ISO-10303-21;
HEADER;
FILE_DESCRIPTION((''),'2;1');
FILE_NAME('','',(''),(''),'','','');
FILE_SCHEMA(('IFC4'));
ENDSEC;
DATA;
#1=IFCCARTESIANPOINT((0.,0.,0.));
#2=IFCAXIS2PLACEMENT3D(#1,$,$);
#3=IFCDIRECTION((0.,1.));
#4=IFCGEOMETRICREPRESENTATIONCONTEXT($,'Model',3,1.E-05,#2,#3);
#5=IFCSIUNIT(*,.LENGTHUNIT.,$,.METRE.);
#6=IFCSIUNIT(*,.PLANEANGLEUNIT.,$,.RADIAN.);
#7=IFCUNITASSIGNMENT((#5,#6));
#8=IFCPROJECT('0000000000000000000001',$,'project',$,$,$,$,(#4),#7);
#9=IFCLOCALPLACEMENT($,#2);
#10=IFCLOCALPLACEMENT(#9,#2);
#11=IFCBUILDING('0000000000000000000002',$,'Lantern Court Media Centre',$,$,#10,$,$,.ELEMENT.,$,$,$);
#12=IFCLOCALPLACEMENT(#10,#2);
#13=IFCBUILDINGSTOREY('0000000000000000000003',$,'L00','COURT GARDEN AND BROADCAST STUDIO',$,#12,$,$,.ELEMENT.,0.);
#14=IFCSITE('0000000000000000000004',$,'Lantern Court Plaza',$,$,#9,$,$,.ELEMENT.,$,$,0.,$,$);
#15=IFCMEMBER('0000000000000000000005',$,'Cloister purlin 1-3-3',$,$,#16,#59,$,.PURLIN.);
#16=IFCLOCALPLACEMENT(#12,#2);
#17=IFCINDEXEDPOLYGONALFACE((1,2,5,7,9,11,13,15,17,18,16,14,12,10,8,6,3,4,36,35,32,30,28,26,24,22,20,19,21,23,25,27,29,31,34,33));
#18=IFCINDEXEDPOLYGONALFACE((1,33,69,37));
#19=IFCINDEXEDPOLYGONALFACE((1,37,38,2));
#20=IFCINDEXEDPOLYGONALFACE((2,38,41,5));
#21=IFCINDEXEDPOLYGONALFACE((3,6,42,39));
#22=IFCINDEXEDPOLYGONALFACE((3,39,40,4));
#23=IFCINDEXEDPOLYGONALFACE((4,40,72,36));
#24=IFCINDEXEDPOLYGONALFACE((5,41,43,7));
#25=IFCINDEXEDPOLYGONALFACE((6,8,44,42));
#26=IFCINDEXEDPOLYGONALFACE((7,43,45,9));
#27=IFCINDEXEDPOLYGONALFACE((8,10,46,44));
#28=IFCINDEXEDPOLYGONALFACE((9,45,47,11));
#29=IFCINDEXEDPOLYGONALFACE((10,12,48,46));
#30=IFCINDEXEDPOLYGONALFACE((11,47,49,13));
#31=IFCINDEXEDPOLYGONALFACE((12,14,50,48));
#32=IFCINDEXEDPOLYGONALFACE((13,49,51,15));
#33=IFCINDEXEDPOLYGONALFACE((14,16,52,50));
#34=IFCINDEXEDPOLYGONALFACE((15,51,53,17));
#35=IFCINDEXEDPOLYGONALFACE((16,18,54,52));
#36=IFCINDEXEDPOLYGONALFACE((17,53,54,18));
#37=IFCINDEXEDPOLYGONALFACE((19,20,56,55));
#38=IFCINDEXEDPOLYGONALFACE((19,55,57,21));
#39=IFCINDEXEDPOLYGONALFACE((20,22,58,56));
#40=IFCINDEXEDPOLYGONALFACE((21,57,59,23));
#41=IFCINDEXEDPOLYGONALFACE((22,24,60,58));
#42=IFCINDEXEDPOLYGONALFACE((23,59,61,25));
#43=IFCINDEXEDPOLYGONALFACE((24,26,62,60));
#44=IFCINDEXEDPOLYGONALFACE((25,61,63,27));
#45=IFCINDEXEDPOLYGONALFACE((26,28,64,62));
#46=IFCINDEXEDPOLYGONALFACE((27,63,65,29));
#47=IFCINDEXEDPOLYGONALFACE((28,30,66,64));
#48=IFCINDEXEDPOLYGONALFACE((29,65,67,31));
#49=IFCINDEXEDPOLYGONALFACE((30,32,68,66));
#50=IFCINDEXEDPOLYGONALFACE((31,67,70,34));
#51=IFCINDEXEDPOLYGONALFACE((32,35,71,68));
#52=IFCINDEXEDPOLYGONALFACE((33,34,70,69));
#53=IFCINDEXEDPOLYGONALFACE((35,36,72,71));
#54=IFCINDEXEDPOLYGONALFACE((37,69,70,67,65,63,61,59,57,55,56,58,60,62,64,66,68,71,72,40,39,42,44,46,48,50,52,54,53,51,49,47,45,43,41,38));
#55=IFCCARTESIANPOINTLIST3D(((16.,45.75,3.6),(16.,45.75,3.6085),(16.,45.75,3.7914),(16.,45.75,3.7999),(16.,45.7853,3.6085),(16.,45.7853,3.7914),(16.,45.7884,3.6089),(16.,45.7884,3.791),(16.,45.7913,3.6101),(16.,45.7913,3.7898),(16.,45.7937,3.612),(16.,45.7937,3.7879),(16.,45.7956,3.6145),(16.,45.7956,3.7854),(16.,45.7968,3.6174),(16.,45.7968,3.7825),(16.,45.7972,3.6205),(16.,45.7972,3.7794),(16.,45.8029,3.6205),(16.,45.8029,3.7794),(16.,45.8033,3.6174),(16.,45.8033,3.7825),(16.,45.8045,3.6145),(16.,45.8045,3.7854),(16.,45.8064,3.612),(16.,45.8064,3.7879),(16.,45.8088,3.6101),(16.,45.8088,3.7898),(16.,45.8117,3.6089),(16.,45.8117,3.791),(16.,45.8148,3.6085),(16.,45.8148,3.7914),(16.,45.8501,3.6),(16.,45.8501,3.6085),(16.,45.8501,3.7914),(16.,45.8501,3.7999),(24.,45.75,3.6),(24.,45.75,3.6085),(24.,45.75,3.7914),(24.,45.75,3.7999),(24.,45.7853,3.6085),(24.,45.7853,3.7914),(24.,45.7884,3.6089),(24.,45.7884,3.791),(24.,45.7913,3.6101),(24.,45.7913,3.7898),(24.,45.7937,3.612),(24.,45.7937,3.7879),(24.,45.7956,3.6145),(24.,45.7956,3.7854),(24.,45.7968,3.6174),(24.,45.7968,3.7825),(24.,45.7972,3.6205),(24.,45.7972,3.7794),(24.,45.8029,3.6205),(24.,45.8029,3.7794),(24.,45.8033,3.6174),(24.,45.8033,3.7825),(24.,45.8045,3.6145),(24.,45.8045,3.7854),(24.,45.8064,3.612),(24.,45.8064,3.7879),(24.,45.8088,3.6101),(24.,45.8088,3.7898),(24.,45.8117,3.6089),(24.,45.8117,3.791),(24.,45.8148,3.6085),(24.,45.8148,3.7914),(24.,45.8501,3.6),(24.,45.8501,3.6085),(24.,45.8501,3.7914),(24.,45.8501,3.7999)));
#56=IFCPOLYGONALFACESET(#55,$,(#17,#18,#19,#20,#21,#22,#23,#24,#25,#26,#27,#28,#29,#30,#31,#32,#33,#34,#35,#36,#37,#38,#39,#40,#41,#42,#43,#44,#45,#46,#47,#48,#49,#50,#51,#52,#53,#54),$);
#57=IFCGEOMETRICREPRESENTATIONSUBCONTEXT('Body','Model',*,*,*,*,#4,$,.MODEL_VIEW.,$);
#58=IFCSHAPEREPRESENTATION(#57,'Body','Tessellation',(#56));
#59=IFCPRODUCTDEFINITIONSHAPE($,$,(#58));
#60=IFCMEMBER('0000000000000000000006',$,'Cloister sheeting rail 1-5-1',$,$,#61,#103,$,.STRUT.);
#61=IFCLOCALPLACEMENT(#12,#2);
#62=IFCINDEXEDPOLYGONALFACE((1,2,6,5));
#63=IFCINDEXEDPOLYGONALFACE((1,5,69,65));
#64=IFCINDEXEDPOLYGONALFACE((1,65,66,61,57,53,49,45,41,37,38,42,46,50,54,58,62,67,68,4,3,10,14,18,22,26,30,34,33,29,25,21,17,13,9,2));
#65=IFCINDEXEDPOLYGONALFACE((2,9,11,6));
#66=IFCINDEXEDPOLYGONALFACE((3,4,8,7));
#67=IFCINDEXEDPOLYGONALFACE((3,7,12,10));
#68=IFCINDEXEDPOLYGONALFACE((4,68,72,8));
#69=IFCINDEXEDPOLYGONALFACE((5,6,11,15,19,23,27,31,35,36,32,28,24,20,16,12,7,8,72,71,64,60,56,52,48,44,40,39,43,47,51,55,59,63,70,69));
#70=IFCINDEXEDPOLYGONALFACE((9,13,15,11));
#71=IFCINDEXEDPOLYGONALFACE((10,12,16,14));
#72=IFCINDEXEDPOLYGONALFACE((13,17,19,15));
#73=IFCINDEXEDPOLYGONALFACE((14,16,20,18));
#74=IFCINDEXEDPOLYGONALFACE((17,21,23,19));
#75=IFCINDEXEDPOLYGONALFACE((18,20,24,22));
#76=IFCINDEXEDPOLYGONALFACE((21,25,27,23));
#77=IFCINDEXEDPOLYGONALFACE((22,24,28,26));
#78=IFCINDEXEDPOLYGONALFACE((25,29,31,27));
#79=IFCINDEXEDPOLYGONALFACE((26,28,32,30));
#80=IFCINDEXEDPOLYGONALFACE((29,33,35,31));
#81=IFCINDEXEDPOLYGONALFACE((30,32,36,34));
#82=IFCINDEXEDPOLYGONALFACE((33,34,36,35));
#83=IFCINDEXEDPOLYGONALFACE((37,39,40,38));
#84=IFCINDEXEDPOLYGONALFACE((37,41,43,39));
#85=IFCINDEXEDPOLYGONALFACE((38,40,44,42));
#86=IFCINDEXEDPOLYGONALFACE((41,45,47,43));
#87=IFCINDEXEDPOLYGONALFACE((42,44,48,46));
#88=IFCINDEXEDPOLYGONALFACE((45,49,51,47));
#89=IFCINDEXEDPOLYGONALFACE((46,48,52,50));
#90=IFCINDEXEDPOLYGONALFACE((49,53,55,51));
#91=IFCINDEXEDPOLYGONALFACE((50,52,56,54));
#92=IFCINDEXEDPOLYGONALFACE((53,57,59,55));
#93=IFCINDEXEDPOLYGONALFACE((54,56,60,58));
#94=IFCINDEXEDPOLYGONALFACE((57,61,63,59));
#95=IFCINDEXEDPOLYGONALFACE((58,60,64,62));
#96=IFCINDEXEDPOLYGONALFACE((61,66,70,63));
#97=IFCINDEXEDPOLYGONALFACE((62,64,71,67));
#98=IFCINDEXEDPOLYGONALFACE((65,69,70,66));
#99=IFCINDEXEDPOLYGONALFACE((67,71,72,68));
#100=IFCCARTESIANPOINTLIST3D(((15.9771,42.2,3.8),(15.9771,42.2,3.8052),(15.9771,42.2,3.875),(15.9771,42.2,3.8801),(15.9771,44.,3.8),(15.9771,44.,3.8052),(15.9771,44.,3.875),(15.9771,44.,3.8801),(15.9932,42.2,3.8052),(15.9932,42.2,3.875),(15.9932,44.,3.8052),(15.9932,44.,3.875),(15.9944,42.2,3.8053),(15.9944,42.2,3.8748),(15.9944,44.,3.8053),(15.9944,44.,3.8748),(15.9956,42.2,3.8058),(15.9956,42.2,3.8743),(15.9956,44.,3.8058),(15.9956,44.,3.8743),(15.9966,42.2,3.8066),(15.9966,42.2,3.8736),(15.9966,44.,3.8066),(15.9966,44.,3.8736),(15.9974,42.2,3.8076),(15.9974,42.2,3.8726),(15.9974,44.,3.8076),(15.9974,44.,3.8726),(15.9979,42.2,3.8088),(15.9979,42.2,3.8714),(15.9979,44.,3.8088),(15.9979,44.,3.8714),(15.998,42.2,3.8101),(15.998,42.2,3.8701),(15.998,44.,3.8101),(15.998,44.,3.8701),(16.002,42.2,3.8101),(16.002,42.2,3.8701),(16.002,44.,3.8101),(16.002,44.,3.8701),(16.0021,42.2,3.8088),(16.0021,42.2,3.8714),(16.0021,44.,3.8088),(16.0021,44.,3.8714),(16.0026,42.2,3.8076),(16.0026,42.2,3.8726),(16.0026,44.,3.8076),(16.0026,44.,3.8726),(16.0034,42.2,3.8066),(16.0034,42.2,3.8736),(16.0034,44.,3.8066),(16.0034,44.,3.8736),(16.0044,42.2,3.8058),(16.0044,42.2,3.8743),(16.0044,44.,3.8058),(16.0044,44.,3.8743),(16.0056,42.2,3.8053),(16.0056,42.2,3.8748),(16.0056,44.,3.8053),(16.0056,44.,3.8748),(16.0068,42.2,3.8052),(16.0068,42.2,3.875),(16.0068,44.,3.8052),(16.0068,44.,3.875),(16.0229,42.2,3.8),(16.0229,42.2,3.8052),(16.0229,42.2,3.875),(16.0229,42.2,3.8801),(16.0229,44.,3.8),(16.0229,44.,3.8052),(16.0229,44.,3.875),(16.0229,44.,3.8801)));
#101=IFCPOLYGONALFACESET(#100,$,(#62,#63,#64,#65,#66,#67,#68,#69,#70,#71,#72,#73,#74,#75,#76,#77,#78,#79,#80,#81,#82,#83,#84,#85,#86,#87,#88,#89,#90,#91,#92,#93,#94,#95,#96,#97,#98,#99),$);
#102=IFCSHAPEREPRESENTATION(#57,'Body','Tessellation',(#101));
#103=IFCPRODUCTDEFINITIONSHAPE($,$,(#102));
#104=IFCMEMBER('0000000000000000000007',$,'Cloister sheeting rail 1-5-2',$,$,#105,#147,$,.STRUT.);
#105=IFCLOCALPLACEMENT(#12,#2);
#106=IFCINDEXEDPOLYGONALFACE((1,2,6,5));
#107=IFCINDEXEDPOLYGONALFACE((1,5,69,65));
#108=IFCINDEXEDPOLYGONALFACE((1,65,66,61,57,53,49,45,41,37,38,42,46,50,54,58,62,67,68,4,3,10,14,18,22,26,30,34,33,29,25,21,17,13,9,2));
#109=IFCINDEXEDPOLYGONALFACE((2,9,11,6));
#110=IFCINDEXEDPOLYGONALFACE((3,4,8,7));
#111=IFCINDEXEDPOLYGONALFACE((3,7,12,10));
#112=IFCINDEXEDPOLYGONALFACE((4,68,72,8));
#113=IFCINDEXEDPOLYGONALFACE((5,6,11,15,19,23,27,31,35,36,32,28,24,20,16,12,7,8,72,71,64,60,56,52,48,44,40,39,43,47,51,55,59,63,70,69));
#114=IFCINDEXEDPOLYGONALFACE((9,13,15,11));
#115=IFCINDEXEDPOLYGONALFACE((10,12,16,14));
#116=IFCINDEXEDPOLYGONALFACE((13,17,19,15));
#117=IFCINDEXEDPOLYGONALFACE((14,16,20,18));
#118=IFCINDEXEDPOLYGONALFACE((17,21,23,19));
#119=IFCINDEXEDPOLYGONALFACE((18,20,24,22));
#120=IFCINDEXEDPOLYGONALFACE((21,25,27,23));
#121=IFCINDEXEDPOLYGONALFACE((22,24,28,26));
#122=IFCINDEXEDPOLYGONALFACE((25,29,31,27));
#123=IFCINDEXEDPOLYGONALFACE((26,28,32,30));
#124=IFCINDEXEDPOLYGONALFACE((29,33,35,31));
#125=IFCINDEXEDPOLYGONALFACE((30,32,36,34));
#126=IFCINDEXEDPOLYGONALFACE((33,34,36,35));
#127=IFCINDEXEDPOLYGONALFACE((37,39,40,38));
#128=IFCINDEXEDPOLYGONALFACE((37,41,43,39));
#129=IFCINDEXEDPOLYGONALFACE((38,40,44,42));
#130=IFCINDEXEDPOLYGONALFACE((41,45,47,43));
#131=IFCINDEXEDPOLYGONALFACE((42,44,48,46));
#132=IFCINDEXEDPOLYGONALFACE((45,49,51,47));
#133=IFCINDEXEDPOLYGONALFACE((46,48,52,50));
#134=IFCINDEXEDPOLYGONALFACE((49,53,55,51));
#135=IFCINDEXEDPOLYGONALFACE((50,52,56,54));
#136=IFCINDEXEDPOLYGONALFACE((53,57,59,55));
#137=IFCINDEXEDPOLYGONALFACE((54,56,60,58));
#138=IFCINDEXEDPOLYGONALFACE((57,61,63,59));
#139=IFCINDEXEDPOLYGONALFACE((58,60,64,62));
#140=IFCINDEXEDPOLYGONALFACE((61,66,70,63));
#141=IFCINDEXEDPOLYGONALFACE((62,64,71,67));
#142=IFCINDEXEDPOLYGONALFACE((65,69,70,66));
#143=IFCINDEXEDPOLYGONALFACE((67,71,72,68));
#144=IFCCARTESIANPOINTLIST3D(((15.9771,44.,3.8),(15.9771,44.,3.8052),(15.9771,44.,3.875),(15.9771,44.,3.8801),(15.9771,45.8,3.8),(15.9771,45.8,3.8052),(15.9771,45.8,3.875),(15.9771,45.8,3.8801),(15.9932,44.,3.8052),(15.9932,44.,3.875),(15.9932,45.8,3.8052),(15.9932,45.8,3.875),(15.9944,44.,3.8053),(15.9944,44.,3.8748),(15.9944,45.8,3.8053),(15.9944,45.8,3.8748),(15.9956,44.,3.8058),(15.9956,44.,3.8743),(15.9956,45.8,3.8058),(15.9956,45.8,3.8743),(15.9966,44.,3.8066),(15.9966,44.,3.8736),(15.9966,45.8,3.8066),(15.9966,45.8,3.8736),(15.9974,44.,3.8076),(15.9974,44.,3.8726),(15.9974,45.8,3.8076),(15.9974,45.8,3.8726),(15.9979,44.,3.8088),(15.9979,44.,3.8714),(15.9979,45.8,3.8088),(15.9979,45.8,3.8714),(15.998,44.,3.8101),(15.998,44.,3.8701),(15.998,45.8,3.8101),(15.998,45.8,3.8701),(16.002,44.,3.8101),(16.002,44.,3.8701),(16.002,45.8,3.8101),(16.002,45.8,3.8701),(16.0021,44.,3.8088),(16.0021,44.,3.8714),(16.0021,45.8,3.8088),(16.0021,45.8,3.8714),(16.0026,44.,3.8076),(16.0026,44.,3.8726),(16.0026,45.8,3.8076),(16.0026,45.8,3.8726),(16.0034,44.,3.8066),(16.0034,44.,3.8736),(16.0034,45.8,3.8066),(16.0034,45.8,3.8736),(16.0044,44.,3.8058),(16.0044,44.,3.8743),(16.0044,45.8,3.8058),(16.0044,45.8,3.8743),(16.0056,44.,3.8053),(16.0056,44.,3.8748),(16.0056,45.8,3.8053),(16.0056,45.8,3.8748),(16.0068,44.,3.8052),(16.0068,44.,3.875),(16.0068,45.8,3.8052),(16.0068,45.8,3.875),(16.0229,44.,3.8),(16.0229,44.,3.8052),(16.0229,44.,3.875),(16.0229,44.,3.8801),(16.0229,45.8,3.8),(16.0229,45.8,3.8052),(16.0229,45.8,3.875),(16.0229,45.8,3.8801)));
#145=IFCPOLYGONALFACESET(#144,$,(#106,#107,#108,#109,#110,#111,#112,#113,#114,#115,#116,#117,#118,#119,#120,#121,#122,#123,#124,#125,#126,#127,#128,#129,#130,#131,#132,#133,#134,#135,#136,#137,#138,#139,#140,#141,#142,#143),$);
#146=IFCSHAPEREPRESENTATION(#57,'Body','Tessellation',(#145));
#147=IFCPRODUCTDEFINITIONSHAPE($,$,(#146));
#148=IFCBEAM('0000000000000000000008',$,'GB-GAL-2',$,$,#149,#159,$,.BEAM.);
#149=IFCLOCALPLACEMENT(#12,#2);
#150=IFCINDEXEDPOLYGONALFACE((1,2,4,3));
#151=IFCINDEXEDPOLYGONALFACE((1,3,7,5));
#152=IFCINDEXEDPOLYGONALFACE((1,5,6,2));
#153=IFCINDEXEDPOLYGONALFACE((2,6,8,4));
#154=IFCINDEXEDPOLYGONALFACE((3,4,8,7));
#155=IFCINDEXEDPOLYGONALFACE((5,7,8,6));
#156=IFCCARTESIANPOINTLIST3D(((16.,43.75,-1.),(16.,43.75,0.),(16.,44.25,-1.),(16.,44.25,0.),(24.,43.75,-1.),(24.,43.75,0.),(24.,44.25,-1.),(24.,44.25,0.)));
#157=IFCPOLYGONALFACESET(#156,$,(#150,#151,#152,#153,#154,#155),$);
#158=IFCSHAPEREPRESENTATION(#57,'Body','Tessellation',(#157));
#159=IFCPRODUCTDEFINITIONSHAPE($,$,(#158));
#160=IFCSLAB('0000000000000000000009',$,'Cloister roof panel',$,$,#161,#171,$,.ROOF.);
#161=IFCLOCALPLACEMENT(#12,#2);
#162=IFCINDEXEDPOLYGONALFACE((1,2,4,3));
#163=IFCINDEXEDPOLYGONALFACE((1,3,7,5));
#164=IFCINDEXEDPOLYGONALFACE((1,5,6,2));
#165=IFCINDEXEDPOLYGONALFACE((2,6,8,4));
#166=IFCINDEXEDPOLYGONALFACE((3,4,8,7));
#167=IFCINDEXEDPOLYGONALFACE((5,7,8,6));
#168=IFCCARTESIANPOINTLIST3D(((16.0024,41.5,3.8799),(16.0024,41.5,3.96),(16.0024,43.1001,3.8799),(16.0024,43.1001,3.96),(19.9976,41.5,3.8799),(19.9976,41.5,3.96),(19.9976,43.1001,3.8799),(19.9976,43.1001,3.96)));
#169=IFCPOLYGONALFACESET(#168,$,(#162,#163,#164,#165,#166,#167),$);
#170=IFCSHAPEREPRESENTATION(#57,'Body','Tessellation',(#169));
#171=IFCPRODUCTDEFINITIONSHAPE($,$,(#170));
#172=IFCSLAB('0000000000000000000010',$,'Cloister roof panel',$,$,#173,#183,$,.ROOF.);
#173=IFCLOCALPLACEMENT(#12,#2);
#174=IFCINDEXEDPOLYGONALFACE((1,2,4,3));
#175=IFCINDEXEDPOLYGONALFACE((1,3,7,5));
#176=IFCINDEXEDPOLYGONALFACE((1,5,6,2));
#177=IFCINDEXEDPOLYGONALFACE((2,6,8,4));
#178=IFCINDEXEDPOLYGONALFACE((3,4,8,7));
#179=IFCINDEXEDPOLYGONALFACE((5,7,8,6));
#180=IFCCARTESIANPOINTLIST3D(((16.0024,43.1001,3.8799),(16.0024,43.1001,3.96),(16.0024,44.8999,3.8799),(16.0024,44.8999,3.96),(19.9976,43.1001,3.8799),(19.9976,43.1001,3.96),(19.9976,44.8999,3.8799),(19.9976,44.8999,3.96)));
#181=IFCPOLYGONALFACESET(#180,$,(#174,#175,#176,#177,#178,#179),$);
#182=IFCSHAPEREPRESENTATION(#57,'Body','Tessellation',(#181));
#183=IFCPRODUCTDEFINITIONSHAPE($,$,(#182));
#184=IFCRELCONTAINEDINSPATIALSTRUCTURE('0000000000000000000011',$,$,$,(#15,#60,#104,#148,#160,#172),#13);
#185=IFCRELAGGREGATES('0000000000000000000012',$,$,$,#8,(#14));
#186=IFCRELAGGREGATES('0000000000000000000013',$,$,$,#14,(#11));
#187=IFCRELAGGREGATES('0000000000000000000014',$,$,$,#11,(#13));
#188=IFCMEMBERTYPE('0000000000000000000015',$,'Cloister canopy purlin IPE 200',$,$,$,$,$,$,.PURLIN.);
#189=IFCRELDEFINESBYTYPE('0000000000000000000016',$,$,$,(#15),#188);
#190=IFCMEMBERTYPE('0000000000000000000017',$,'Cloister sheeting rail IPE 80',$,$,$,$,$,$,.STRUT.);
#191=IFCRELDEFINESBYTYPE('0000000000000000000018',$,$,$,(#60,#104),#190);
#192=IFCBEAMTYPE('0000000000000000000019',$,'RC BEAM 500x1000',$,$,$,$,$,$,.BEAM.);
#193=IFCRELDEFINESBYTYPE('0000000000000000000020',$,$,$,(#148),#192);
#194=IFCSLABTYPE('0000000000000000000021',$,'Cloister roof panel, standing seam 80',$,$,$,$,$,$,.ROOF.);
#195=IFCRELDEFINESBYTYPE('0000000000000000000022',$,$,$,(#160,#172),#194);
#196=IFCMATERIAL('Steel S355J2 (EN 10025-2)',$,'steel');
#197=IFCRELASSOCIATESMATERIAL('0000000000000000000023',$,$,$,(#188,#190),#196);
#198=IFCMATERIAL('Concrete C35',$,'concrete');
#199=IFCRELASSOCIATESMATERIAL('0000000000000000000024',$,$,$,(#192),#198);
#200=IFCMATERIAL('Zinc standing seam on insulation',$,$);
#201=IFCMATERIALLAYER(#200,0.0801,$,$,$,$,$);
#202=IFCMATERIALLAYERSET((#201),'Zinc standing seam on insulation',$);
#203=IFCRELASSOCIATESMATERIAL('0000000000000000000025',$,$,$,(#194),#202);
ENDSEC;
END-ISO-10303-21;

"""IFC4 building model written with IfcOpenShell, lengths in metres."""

from ifc_helpers import new_model, si_unit, direction, frame, origin, origin_2d, place, context, subcontext, project, spatial, polyline, rectangle, i_section, outline, extrude, material, layer, layer_set, material_profile, profile_set, type_object, element, save


model = new_model("IFC4")

# Units and contexts
model_context = context("Model", 3, precision=1e-05, world=origin(), true_north=direction((0.0, 1.0)))
body_context = subcontext(model_context, "Body", "Model", "MODEL_VIEW")
ifc_project = project(units=[si_unit("LENGTHUNIT", "METRE"), si_unit("PLANEANGLEUNIT", "RADIAN")], contexts=[model_context])

# Site, building, storey
site_placement = place(None, origin())
site = spatial("IfcSite", under=ifc_project, at=site_placement, Name="Lantern Court Plaza", CompositionType="ELEMENT", RefElevation=0.0)
building_placement = place(site_placement, origin())
building = spatial("IfcBuilding", under=site, at=building_placement, Name="Lantern Court Media Centre", CompositionType="ELEMENT")
storey_placement = place(building_placement, origin())
storey = spatial("IfcBuildingStorey", under=building, at=storey_placement, Name="L00", Description="COURT GARDEN AND BROADCAST STUDIO", CompositionType="ELEMENT", Elevation=0.0)

# Shared definitions
ifc_material_1 = material(Name="Steel S355J2 (EN 10025-2)", Category="steel")

# Members
ifc_material_profile_1 = material_profile(ifc_material_1, i_section(OverallWidth=0.1001, OverallDepth=0.2, WebThickness=0.0056, FlangeThickness=0.0085, FilletRadius=0.012, at=origin_2d()), Name="IPE 200")
ifc_profile_set_1 = profile_set([ifc_material_profile_1], Name="Steel S355J2 (EN 10025-2)")
member_type_1 = type_object("IfcMemberType", Name="Cloister canopy purlin IPE 200", PredefinedType="PURLIN", material=ifc_profile_set_1)
for number, where, z_axis, x_axis, name in (
    (1, (16.0, 45.8, 3.7), (1.0, 0.0, 0.0), (0.0, 1.0, 0.0), "Cloister purlin 1-3-3"),
):
    element("IfcMember", number, at=place(storey_placement, frame(where, z_axis=z_axis, x_axis=x_axis)), inside=storey, type_object=member_type_1, Name=name, PredefinedType="PURLIN", context=body_context, shape_type="SweptSolid", body=[
        extrude(i_section(OverallWidth=0.1001, OverallDepth=0.2, WebThickness=0.0056, FlangeThickness=0.0085, FilletRadius=0.012, at=origin_2d()), origin(), (0.0, 0.0, 1.0), 8.0),
    ])
ifc_material_profile_2 = material_profile(ifc_material_1, i_section(OverallWidth=0.0459, OverallDepth=0.0801, WebThickness=0.0039, FlangeThickness=0.0051, FilletRadius=0.0049, at=origin_2d()), Name="IPE 80")
ifc_profile_set_2 = profile_set([ifc_material_profile_2], Name="Steel S355J2 (EN 10025-2)")
member_type_2 = type_object("IfcMemberType", Name="Cloister sheeting rail IPE 80", PredefinedType="STRUT", material=ifc_profile_set_2)
for number, where, z_axis, x_axis, name in (
    (2, (16.0, 42.2, 3.8401), (0.0, 1.0, 0.0), (-1.0, 0.0, 0.0), "Cloister sheeting rail 1-5-1"),
    (3, (16.0, 44.0, 3.8401), (0.0, 1.0, 0.0), (-1.0, 0.0, 0.0), "Cloister sheeting rail 1-5-2"),
):
    element("IfcMember", number, at=place(storey_placement, frame(where, z_axis=z_axis, x_axis=x_axis)), inside=storey, type_object=member_type_2, Name=name, PredefinedType="STRUT", context=body_context, shape_type="SweptSolid", body=[
        extrude(i_section(OverallWidth=0.0459, OverallDepth=0.0801, WebThickness=0.0039, FlangeThickness=0.0051, FilletRadius=0.0049, at=origin_2d()), origin(), (0.0, 0.0, 1.0), 1.8),
    ])

# Beam
ifc_material_2 = material(Name="Concrete C35", Category="concrete")
ifc_material_profile_3 = material_profile(ifc_material_2, rectangle(XDim=0.5, YDim=1.0, at=origin_2d()), Name="RC 500x1000")
ifc_profile_set_3 = profile_set([ifc_material_profile_3], Name="Concrete C35")
beam_type = type_object("IfcBeamType", Name="RC BEAM 500x1000", PredefinedType="BEAM", material=ifc_profile_set_3)
beam_placement = place(storey_placement, frame((16.0, 44.0, -0.5), z_axis=(1.0, 0.0, 0.0), x_axis=(0.0, 1.0, 0.0)))
element("IfcBeam", 4, at=beam_placement, inside=storey, type_object=beam_type, Name="GB-GAL-2", PredefinedType="BEAM", context=body_context, shape_type="SweptSolid", body=[
    extrude(rectangle(XDim=0.5, YDim=1.0, at=origin_2d()), origin(), (0.0, 0.0, 1.0), 8.0),
])

# Slabs
ifc_material_3 = material(Name="Zinc standing seam on insulation")
ifc_layer_1 = layer(ifc_material_3, 0.0801)
ifc_layer_set_1 = layer_set([ifc_layer_1], Name="Zinc standing seam on insulation")
slab_type = type_object("IfcSlabType", Name="Cloister roof panel, standing seam 80", PredefinedType="ROOF", material=ifc_layer_set_1)
slab_1_placement = place(storey_placement, frame((16.0024, 41.5, 3.96), z_axis=(0.0, 0.0, 1.0), x_axis=(1.0, 0.0, 0.0)))
element("IfcSlab", 5, at=slab_1_placement, inside=storey, type_object=slab_type, Name="Cloister roof panel", PredefinedType="ROOF", context=body_context, shape_type="SweptSolid", body=[
    extrude(outline(polyline([(0.0, 0.0), (3.9951, 0.0), (3.9951, 1.6001), (0.0, 1.6001), (0.0, 0.0)])), origin(), (0.0, 0.0, -1.0), 0.0801),
])
slab_2_placement = place(storey_placement, frame((16.0024, 43.1001, 3.96), z_axis=(0.0, 0.0, 1.0), x_axis=(1.0, 0.0, 0.0)))
element("IfcSlab", 6, at=slab_2_placement, inside=storey, type_object=slab_type, Name="Cloister roof panel", PredefinedType="ROOF", context=body_context, shape_type="SweptSolid", body=[
    extrude(outline(polyline([(0.0, 0.0), (3.9951, 0.0), (3.9951, 1.7998), (0.0, 1.7998), (0.0, 0.0)])), origin(), (0.0, 0.0, -1.0), 0.0801),
])

save(model, "model.ifc")
